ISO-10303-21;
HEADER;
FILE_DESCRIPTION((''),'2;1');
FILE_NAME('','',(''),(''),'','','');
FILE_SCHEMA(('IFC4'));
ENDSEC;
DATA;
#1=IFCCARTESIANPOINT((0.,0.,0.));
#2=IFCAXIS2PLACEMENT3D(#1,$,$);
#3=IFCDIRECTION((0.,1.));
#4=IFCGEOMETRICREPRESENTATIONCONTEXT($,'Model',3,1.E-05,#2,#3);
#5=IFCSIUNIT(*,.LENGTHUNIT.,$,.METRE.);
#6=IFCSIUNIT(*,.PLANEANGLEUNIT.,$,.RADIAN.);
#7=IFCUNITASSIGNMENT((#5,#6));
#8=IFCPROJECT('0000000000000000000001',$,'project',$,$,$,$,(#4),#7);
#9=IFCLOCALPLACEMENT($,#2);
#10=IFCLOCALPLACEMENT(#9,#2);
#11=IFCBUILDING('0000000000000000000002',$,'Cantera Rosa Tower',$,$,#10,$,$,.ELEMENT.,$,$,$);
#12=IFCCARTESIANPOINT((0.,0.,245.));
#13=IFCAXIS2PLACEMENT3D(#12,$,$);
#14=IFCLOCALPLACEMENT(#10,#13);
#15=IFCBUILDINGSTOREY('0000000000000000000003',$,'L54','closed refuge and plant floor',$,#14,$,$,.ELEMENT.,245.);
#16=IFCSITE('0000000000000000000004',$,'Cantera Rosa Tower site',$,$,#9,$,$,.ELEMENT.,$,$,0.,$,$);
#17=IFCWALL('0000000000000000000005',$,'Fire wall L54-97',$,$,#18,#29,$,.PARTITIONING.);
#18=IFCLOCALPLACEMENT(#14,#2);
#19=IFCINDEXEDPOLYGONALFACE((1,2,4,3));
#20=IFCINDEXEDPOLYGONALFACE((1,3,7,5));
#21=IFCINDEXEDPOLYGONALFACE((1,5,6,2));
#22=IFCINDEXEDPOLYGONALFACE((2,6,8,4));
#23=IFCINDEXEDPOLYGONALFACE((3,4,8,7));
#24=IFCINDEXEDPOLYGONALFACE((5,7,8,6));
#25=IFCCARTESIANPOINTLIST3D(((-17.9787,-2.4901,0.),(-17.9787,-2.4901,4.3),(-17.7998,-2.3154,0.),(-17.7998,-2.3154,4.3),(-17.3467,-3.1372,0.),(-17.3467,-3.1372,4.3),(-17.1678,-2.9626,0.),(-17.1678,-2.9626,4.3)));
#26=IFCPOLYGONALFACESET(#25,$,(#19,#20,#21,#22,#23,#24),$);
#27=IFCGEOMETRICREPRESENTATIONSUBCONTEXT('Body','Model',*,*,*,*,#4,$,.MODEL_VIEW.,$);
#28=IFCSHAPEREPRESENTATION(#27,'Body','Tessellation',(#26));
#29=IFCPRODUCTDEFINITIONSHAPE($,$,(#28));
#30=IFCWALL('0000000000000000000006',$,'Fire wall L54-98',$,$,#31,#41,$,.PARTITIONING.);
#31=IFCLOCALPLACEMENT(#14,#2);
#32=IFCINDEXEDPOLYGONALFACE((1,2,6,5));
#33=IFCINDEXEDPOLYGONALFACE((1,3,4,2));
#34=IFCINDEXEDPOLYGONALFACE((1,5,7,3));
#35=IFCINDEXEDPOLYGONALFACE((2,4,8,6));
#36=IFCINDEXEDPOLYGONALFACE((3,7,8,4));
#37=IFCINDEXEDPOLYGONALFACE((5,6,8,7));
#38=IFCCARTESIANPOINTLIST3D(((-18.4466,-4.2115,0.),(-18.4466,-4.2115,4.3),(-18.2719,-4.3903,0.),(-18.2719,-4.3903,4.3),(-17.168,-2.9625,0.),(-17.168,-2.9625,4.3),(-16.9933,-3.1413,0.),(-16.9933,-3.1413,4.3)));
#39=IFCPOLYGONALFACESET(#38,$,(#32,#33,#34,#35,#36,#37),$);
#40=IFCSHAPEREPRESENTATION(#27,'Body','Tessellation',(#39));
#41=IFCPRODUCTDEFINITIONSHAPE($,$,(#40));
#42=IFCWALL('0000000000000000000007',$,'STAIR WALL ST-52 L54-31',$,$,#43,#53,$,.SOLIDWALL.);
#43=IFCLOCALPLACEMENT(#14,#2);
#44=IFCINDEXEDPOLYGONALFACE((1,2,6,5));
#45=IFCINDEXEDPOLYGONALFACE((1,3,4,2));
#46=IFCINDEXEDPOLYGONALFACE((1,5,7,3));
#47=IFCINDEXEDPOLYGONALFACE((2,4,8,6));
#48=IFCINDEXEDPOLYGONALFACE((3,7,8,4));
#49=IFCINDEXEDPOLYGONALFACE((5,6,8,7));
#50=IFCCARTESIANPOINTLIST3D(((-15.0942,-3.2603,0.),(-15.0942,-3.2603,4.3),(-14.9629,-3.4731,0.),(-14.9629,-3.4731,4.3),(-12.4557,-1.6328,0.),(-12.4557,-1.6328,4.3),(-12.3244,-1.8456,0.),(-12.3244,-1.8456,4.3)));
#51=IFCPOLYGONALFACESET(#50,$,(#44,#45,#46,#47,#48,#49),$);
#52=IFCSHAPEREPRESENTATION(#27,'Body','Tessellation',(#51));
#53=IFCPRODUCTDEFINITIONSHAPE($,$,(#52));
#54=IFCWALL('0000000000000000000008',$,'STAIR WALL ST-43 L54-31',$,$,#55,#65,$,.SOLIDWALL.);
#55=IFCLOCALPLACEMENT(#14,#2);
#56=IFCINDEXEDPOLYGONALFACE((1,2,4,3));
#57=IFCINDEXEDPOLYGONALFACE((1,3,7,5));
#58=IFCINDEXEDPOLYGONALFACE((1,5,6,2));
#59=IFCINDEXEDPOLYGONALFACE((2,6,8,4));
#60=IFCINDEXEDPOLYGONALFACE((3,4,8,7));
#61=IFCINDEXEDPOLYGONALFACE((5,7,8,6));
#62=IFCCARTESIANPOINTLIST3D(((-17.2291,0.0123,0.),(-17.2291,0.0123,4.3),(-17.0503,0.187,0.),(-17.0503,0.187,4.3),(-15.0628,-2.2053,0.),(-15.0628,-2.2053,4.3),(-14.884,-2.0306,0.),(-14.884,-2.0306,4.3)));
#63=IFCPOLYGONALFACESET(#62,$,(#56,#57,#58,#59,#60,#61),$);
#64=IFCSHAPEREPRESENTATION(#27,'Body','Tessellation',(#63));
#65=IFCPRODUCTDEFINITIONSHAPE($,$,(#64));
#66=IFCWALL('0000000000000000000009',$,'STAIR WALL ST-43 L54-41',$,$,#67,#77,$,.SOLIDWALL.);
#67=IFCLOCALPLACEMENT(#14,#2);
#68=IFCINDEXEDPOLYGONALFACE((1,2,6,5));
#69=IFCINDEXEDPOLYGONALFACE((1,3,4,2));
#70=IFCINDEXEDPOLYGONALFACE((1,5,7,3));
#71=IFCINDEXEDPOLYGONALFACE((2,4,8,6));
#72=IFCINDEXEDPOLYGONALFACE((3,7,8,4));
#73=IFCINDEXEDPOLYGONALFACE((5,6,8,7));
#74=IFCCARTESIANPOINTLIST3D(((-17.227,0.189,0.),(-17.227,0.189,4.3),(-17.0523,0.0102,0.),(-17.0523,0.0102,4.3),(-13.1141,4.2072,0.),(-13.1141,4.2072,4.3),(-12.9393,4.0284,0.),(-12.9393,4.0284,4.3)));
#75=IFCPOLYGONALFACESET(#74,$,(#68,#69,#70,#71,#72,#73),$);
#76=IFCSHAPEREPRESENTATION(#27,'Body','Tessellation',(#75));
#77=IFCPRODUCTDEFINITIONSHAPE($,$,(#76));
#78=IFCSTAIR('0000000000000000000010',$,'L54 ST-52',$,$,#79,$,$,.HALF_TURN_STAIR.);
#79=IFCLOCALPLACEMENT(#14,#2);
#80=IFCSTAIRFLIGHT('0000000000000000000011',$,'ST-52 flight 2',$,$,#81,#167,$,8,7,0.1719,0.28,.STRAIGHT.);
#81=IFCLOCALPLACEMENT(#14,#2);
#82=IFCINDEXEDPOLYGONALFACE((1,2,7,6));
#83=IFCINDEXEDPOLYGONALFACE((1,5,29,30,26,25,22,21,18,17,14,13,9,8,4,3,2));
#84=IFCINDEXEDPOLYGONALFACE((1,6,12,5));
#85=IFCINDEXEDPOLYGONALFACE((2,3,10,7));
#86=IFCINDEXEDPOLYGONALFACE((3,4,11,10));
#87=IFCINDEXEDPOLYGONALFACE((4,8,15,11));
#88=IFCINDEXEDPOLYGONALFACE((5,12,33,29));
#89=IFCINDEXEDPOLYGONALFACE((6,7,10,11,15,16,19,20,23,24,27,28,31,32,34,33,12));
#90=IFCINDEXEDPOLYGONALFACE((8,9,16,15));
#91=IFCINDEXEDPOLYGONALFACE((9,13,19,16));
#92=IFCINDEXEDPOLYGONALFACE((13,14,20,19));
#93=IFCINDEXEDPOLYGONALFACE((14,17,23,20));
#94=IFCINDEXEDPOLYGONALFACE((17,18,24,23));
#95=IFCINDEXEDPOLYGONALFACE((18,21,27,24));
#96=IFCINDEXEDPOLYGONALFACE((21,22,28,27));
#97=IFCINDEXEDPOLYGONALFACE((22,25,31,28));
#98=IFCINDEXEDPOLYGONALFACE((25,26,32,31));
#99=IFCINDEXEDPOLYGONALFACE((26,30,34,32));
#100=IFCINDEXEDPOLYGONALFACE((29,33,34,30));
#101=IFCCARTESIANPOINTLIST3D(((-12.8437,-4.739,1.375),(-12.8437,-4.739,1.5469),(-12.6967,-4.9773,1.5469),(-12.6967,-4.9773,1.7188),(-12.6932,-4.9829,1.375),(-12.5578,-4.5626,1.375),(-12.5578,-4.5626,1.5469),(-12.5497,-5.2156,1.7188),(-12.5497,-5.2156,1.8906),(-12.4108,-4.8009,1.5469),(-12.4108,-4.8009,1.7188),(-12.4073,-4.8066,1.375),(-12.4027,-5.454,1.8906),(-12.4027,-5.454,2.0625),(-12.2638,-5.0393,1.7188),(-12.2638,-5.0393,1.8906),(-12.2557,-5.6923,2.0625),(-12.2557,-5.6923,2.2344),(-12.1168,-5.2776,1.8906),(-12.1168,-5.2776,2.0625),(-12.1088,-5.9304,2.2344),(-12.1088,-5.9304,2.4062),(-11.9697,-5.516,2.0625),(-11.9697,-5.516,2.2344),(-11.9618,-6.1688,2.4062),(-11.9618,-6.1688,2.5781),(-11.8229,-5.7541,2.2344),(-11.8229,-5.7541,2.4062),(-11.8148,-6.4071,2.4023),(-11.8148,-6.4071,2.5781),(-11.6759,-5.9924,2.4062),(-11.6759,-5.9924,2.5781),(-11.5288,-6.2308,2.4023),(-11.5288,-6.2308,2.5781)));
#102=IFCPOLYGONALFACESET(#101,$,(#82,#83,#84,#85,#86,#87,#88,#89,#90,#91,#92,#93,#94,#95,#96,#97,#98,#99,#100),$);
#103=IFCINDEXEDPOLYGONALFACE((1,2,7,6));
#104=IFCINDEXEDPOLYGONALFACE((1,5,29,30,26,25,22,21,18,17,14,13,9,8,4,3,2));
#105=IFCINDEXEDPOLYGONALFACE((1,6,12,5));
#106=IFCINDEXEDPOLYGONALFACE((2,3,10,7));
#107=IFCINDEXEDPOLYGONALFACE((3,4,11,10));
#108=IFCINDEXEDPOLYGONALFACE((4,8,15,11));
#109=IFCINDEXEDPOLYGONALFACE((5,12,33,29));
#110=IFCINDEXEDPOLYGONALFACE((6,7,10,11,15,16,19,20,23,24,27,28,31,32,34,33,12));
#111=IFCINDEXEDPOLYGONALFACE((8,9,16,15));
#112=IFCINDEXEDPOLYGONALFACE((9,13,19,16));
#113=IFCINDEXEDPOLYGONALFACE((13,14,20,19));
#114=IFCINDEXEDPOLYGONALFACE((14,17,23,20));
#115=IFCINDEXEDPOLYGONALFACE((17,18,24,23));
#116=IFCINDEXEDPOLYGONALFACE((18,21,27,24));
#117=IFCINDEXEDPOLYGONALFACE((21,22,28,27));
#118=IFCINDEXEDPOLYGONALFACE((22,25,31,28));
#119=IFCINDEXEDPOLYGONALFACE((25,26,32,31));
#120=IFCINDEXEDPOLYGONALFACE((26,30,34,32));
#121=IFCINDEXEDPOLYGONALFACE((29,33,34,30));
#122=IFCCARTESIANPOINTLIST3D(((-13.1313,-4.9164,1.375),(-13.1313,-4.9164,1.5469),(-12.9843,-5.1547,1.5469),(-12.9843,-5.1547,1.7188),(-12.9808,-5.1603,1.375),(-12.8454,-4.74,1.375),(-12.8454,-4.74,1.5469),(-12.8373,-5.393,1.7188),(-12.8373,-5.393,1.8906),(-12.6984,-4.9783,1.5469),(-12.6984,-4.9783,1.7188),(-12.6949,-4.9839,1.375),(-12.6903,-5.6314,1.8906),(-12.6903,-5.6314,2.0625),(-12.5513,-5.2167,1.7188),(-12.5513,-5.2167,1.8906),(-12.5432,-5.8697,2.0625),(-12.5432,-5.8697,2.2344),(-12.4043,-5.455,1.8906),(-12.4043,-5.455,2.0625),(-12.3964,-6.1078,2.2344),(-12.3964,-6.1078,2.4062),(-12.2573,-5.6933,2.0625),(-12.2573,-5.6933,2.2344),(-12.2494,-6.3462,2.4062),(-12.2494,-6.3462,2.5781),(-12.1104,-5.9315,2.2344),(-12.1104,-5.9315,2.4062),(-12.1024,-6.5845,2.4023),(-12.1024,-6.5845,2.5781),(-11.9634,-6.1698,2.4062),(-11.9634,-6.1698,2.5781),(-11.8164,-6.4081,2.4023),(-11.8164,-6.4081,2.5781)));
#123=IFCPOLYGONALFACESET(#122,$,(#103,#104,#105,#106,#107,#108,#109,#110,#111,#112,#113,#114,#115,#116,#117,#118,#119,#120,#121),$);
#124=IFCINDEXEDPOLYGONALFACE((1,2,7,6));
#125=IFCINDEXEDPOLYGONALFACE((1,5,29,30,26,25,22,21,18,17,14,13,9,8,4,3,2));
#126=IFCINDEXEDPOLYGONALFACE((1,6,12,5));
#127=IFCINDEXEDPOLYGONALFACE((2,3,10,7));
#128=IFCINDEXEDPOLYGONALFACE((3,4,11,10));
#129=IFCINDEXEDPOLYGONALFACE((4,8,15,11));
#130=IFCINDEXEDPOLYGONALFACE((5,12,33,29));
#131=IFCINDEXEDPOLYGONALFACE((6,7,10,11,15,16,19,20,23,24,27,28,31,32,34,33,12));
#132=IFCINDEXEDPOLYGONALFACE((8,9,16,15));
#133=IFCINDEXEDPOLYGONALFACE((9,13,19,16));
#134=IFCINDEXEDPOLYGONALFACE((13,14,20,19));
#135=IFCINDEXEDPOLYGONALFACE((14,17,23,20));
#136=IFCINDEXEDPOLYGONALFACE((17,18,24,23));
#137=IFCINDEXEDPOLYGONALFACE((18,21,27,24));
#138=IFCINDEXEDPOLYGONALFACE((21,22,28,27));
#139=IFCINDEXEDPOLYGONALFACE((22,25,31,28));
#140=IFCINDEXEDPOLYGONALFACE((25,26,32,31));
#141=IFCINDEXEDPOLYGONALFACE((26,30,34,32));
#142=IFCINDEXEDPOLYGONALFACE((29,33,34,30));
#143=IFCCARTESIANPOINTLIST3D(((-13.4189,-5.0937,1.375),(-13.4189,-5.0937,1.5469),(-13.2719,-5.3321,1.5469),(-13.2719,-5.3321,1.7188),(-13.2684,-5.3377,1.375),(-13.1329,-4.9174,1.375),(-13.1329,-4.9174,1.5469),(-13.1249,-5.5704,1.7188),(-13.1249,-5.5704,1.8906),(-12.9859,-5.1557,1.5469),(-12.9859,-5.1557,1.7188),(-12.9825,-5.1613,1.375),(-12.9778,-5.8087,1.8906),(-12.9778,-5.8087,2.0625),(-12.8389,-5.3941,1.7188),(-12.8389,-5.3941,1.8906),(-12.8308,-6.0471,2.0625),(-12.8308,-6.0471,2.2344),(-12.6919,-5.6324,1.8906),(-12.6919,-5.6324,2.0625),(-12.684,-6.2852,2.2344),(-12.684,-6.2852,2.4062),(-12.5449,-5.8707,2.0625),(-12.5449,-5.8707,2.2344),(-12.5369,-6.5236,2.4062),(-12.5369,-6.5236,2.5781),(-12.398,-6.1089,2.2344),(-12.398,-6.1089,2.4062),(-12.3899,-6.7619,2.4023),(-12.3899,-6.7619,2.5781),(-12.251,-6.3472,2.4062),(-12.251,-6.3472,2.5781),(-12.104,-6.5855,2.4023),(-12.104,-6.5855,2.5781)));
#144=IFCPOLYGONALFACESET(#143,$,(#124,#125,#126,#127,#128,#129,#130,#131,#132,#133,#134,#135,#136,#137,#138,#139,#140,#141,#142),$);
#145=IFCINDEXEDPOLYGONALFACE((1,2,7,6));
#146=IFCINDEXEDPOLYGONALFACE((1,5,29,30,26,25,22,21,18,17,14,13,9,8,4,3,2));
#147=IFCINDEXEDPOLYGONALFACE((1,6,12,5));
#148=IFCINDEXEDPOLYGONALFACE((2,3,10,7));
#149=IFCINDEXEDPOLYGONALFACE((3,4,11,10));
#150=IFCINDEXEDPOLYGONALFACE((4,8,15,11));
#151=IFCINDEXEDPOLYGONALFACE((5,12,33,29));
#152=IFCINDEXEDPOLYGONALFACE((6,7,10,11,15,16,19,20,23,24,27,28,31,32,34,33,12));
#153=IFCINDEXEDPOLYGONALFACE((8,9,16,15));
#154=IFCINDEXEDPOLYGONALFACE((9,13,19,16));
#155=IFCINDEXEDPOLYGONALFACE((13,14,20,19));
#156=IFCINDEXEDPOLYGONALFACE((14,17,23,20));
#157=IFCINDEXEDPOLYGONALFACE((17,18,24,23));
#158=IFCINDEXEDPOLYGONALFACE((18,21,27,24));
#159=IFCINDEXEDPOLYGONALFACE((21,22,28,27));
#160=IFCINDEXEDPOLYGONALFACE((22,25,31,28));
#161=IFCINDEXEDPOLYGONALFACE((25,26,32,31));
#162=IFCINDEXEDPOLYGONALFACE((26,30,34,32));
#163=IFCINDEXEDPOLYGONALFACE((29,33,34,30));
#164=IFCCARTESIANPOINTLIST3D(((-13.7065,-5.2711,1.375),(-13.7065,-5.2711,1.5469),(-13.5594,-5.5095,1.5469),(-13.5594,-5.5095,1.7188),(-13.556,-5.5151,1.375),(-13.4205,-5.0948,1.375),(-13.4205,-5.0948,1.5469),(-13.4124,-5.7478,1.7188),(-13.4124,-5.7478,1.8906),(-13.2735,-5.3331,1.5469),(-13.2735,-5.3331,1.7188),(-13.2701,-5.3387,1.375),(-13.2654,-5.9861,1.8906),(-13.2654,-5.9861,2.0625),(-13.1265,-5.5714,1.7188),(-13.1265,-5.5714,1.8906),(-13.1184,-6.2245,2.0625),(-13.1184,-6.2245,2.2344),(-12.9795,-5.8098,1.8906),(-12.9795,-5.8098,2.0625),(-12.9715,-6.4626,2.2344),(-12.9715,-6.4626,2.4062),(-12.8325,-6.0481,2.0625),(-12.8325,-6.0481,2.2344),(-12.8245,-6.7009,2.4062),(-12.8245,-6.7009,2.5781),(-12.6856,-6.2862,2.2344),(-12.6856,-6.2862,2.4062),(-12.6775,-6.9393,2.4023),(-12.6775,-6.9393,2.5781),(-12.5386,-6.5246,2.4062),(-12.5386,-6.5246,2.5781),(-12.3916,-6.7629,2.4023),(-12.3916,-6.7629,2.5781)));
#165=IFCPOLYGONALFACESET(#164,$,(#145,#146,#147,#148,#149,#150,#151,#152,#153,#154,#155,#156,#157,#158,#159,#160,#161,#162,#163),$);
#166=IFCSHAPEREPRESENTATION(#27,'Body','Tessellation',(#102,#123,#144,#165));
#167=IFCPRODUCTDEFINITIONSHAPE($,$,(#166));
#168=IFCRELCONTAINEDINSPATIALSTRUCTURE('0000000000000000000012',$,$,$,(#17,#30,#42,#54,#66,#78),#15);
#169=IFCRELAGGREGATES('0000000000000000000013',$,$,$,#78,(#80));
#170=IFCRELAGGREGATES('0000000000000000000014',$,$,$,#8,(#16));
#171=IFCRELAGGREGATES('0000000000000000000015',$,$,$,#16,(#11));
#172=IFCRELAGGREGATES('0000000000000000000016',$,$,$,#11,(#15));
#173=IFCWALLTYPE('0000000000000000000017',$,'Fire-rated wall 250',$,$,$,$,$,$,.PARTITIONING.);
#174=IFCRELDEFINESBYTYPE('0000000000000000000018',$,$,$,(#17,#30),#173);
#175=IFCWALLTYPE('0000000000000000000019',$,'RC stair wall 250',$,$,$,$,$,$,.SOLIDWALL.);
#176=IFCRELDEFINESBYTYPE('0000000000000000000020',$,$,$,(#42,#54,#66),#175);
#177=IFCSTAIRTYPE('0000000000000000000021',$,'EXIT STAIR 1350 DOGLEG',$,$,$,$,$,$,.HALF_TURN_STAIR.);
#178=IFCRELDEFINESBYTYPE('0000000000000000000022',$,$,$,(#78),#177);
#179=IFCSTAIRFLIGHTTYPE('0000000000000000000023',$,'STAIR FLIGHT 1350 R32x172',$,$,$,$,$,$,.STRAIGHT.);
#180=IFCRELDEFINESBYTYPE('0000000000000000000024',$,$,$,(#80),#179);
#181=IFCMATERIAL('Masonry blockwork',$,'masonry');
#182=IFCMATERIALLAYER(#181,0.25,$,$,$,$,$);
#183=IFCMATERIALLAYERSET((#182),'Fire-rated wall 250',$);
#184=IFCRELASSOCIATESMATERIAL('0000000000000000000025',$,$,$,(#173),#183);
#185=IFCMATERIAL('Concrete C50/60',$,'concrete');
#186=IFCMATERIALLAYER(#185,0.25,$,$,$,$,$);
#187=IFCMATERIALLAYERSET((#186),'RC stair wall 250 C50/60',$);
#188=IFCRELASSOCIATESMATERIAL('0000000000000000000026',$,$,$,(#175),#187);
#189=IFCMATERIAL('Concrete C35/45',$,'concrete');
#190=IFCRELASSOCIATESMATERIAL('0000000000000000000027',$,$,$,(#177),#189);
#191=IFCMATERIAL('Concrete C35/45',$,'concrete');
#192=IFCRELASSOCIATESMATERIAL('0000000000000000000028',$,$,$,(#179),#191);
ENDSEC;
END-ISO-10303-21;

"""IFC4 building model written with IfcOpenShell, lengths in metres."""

from ifc_helpers import new_model, si_unit, direction, frame, frame_2d, origin, place, context, subcontext, project, spatial, polyline, rectangle, outline, extrude, material, layer, layer_set, type_object, element, aggregate, save


model = new_model("IFC4")

# Units and contexts
model_context = context("Model", 3, precision=1e-05, world=origin(), true_north=direction((0.0, 1.0)))
body_context = subcontext(model_context, "Body", "Model", "MODEL_VIEW")
ifc_project = project(units=[si_unit("LENGTHUNIT", "METRE"), si_unit("PLANEANGLEUNIT", "RADIAN")], contexts=[model_context])

# Site, building, storey
site_placement = place(None, origin())
site = spatial("IfcSite", under=ifc_project, at=site_placement, Name="Cantera Rosa Tower site", CompositionType="ELEMENT", RefElevation=0.0)
building_placement = place(site_placement, origin())
building = spatial("IfcBuilding", under=site, at=building_placement, Name="Cantera Rosa Tower", CompositionType="ELEMENT")
storey_placement = place(building_placement, frame((0.0, 0.0, 245.0)))
storey = spatial("IfcBuildingStorey", under=building, at=storey_placement, Name="L54", Description="closed refuge and plant floor", CompositionType="ELEMENT", Elevation=245.0)

# Shared definitions
ifc_material_1 = material(Name="Masonry blockwork", Category="masonry")
ifc_layer_1 = layer(ifc_material_1, 0.25)
ifc_layer_set_1 = layer_set([ifc_layer_1], Name="Fire-rated wall 250")
wall_type_1 = type_object("IfcWallType", Name="Fire-rated wall 250", PredefinedType="PARTITIONING", material=ifc_layer_set_1)

# Walls
wall_1_placement = place(storey_placement, frame((-17.2573, -3.0498, 0.0), z_axis=(0.0, 0.0, 1.0), x_axis=(-0.698691, 0.715423, 0.0)))
element("IfcWall", 1, at=wall_1_placement, inside=storey, type_object=wall_type_1, Name="Fire wall L54-97", PredefinedType="PARTITIONING", context=body_context, shape_type="SweptSolid", body=[
    extrude(rectangle(XDim=0.9045, YDim=0.25, at=frame_2d((0.4521, 0.0))), origin(), (0.0, 0.0, 1.0), 4.3),
])
wall_2_placement = place(storey_placement, frame((-18.3591, -4.3008, 0.0), z_axis=(0.0, 0.0, 1.0), x_axis=(0.715322, 0.698795, 0.0)))
element("IfcWall", 2, at=wall_2_placement, inside=storey, type_object=wall_type_1, Name="Fire wall L54-98", PredefinedType="PARTITIONING", context=body_context, shape_type="SweptSolid", body=[
    extrude(rectangle(XDim=1.7874, YDim=0.25, at=frame_2d((0.8936, 0.0))), origin(), (0.0, 0.0, 1.0), 4.3),
])
ifc_material_2 = material(Name="Concrete C50/60", Category="concrete")
ifc_layer_2 = layer(ifc_material_2, 0.25)
ifc_layer_set_2 = layer_set([ifc_layer_2], Name="RC stair wall 250 C50/60")
wall_type_2 = type_object("IfcWallType", Name="RC stair wall 250", PredefinedType="SOLIDWALL", material=ifc_layer_set_2)
for number, where, z_axis, x_axis, name in (
    (3, (-15.0286, -3.3667, 0.0), (0.0, 0.0, 1.0), (0.851112, 0.524985, 0.0), "STAIR WALL ST-52 L54-31"),
    (4, (-14.9734, -2.1179, 0.0), (0.0, 0.0, 1.0), (-0.698789, 0.715328, 0.0), "STAIR WALL ST-43 L54-31"),
):
    element("IfcWall", number, at=place(storey_placement, frame(where, z_axis=z_axis, x_axis=x_axis)), inside=storey, type_object=wall_type_2, Name=name, PredefinedType="SOLIDWALL", context=body_context, shape_type="SweptSolid", body=[
        extrude(rectangle(XDim=3.1001, YDim=0.25, at=frame_2d((1.55, 0.0))), origin(), (0.0, 0.0, 1.0), 4.3),
    ])
wall_3_placement = place(storey_placement, frame((-17.1396, 0.0996, 0.0), z_axis=(0.0, 0.0, 1.0), x_axis=(0.715296, 0.698822, 0.0)))
element("IfcWall", 5, at=wall_3_placement, inside=storey, type_object=wall_type_2, Name="STAIR WALL ST-43 L54-41", PredefinedType="SOLIDWALL", context=body_context, shape_type="SweptSolid", body=[
    extrude(rectangle(XDim=5.75, YDim=0.25, at=frame_2d((2.875, 0.0))), origin(), (0.0, 0.0, 1.0), 4.3),
])

# Stair, stair flight
ifc_material_3 = material(Name="Concrete C35/45", Category="concrete")
stair_type = type_object("IfcStairType", Name="EXIT STAIR 1350 DOGLEG", PredefinedType="HALF_TURN_STAIR", material=ifc_material_3)
stair_placement = place(storey_placement, origin())
stair = element("IfcStair", 6, at=stair_placement, inside=storey, type_object=stair_type, Name="L54 ST-52", PredefinedType="HALF_TURN_STAIR")
ifc_material_4 = material(Name="Concrete C35/45", Category="concrete")
stair_flight_type = type_object("IfcStairFlightType", Name="STAIR FLIGHT 1350 R32x172", PredefinedType="STRAIGHT", material=ifc_material_4)
stair_flight_1_placement = place(storey_placement, frame((-13.1323, -4.917, 1.375), z_axis=(0.0, 0.0, 1.0), x_axis=(0.524977, -0.851117, 0.0)))
stair_flight_1 = element("IfcStairFlight", 7, at=stair_flight_1_placement, type_object=stair_flight_type, Name="ST-52 flight 2", NumberOfRisers=8, NumberOfTreads=7, PredefinedType="STRAIGHT", RiserHeight=0.1719, TreadLength=0.28, context=body_context, shape_type="SweptSolid", body=[
    extrude(outline(polyline([(0.0, 0.0), (0.0, 0.1719), (0.28, 0.1719), (0.28, 0.3438), (0.5601, 0.3438), (0.5601, 0.5156), (0.8401, 0.5156), (0.8401, 0.6875), (1.1201, 0.6875), (1.1201, 0.8594), (1.3999, 0.8594), (1.3999, 1.0312), (1.6799, 1.0312), (1.6799, 1.2031), (1.96, 1.2031), (1.96, 1.375), (1.96, 1.0273), (0.2866, 0.0), (0.0, 0.0)])), frame((0.0, 0.675, 0.0), z_axis=(0.0, -1.0, 0.0), x_axis=(1.0, 0.0, 0.0)), (0.0, 0.0, 1.0), 0.3359),
    extrude(outline(polyline([(0.0, 0.0), (0.0, 0.1719), (0.28, 0.1719), (0.28, 0.3438), (0.5601, 0.3438), (0.5601, 0.5156), (0.8401, 0.5156), (0.8401, 0.6875), (1.1201, 0.6875), (1.1201, 0.8594), (1.3999, 0.8594), (1.3999, 1.0312), (1.6799, 1.0312), (1.6799, 1.2031), (1.96, 1.2031), (1.96, 1.375), (1.96, 1.0273), (0.2866, 0.0), (0.0, 0.0)])), frame((0.0, 0.3372, 0.0), z_axis=(0.0, -1.0, 0.0), x_axis=(1.0, 0.0, 0.0)), (0.0, 0.0, 1.0), 0.3359),
    extrude(outline(polyline([(0.0, 0.0), (0.0, 0.1719), (0.28, 0.1719), (0.28, 0.3438), (0.5601, 0.3438), (0.5601, 0.5156), (0.8401, 0.5156), (0.8401, 0.6875), (1.1201, 0.6875), (1.1201, 0.8594), (1.3999, 0.8594), (1.3999, 1.0312), (1.6799, 1.0312), (1.6799, 1.2031), (1.96, 1.2031), (1.96, 1.375), (1.96, 1.0273), (0.2866, 0.0), (0.0, 0.0)])), frame((0.0, -0.0007, 0.0), z_axis=(0.0, -1.0, 0.0), x_axis=(1.0, 0.0, 0.0)), (0.0, 0.0, 1.0), 0.3359),
    extrude(outline(polyline([(0.0, 0.0), (0.0, 0.1719), (0.28, 0.1719), (0.28, 0.3438), (0.5601, 0.3438), (0.5601, 0.5156), (0.8401, 0.5156), (0.8401, 0.6875), (1.1201, 0.6875), (1.1201, 0.8594), (1.3999, 0.8594), (1.3999, 1.0312), (1.6799, 1.0312), (1.6799, 1.2031), (1.96, 1.2031), (1.96, 1.375), (1.96, 1.0273), (0.2866, 0.0), (0.0, 0.0)])), frame((0.0, -0.3386, 0.0), z_axis=(0.0, -1.0, 0.0), x_axis=(1.0, 0.0, 0.0)), (0.0, 0.0, 1.0), 0.3359),
])
aggregate(stair, [stair_flight_1])

save(model, "model.ifc")
